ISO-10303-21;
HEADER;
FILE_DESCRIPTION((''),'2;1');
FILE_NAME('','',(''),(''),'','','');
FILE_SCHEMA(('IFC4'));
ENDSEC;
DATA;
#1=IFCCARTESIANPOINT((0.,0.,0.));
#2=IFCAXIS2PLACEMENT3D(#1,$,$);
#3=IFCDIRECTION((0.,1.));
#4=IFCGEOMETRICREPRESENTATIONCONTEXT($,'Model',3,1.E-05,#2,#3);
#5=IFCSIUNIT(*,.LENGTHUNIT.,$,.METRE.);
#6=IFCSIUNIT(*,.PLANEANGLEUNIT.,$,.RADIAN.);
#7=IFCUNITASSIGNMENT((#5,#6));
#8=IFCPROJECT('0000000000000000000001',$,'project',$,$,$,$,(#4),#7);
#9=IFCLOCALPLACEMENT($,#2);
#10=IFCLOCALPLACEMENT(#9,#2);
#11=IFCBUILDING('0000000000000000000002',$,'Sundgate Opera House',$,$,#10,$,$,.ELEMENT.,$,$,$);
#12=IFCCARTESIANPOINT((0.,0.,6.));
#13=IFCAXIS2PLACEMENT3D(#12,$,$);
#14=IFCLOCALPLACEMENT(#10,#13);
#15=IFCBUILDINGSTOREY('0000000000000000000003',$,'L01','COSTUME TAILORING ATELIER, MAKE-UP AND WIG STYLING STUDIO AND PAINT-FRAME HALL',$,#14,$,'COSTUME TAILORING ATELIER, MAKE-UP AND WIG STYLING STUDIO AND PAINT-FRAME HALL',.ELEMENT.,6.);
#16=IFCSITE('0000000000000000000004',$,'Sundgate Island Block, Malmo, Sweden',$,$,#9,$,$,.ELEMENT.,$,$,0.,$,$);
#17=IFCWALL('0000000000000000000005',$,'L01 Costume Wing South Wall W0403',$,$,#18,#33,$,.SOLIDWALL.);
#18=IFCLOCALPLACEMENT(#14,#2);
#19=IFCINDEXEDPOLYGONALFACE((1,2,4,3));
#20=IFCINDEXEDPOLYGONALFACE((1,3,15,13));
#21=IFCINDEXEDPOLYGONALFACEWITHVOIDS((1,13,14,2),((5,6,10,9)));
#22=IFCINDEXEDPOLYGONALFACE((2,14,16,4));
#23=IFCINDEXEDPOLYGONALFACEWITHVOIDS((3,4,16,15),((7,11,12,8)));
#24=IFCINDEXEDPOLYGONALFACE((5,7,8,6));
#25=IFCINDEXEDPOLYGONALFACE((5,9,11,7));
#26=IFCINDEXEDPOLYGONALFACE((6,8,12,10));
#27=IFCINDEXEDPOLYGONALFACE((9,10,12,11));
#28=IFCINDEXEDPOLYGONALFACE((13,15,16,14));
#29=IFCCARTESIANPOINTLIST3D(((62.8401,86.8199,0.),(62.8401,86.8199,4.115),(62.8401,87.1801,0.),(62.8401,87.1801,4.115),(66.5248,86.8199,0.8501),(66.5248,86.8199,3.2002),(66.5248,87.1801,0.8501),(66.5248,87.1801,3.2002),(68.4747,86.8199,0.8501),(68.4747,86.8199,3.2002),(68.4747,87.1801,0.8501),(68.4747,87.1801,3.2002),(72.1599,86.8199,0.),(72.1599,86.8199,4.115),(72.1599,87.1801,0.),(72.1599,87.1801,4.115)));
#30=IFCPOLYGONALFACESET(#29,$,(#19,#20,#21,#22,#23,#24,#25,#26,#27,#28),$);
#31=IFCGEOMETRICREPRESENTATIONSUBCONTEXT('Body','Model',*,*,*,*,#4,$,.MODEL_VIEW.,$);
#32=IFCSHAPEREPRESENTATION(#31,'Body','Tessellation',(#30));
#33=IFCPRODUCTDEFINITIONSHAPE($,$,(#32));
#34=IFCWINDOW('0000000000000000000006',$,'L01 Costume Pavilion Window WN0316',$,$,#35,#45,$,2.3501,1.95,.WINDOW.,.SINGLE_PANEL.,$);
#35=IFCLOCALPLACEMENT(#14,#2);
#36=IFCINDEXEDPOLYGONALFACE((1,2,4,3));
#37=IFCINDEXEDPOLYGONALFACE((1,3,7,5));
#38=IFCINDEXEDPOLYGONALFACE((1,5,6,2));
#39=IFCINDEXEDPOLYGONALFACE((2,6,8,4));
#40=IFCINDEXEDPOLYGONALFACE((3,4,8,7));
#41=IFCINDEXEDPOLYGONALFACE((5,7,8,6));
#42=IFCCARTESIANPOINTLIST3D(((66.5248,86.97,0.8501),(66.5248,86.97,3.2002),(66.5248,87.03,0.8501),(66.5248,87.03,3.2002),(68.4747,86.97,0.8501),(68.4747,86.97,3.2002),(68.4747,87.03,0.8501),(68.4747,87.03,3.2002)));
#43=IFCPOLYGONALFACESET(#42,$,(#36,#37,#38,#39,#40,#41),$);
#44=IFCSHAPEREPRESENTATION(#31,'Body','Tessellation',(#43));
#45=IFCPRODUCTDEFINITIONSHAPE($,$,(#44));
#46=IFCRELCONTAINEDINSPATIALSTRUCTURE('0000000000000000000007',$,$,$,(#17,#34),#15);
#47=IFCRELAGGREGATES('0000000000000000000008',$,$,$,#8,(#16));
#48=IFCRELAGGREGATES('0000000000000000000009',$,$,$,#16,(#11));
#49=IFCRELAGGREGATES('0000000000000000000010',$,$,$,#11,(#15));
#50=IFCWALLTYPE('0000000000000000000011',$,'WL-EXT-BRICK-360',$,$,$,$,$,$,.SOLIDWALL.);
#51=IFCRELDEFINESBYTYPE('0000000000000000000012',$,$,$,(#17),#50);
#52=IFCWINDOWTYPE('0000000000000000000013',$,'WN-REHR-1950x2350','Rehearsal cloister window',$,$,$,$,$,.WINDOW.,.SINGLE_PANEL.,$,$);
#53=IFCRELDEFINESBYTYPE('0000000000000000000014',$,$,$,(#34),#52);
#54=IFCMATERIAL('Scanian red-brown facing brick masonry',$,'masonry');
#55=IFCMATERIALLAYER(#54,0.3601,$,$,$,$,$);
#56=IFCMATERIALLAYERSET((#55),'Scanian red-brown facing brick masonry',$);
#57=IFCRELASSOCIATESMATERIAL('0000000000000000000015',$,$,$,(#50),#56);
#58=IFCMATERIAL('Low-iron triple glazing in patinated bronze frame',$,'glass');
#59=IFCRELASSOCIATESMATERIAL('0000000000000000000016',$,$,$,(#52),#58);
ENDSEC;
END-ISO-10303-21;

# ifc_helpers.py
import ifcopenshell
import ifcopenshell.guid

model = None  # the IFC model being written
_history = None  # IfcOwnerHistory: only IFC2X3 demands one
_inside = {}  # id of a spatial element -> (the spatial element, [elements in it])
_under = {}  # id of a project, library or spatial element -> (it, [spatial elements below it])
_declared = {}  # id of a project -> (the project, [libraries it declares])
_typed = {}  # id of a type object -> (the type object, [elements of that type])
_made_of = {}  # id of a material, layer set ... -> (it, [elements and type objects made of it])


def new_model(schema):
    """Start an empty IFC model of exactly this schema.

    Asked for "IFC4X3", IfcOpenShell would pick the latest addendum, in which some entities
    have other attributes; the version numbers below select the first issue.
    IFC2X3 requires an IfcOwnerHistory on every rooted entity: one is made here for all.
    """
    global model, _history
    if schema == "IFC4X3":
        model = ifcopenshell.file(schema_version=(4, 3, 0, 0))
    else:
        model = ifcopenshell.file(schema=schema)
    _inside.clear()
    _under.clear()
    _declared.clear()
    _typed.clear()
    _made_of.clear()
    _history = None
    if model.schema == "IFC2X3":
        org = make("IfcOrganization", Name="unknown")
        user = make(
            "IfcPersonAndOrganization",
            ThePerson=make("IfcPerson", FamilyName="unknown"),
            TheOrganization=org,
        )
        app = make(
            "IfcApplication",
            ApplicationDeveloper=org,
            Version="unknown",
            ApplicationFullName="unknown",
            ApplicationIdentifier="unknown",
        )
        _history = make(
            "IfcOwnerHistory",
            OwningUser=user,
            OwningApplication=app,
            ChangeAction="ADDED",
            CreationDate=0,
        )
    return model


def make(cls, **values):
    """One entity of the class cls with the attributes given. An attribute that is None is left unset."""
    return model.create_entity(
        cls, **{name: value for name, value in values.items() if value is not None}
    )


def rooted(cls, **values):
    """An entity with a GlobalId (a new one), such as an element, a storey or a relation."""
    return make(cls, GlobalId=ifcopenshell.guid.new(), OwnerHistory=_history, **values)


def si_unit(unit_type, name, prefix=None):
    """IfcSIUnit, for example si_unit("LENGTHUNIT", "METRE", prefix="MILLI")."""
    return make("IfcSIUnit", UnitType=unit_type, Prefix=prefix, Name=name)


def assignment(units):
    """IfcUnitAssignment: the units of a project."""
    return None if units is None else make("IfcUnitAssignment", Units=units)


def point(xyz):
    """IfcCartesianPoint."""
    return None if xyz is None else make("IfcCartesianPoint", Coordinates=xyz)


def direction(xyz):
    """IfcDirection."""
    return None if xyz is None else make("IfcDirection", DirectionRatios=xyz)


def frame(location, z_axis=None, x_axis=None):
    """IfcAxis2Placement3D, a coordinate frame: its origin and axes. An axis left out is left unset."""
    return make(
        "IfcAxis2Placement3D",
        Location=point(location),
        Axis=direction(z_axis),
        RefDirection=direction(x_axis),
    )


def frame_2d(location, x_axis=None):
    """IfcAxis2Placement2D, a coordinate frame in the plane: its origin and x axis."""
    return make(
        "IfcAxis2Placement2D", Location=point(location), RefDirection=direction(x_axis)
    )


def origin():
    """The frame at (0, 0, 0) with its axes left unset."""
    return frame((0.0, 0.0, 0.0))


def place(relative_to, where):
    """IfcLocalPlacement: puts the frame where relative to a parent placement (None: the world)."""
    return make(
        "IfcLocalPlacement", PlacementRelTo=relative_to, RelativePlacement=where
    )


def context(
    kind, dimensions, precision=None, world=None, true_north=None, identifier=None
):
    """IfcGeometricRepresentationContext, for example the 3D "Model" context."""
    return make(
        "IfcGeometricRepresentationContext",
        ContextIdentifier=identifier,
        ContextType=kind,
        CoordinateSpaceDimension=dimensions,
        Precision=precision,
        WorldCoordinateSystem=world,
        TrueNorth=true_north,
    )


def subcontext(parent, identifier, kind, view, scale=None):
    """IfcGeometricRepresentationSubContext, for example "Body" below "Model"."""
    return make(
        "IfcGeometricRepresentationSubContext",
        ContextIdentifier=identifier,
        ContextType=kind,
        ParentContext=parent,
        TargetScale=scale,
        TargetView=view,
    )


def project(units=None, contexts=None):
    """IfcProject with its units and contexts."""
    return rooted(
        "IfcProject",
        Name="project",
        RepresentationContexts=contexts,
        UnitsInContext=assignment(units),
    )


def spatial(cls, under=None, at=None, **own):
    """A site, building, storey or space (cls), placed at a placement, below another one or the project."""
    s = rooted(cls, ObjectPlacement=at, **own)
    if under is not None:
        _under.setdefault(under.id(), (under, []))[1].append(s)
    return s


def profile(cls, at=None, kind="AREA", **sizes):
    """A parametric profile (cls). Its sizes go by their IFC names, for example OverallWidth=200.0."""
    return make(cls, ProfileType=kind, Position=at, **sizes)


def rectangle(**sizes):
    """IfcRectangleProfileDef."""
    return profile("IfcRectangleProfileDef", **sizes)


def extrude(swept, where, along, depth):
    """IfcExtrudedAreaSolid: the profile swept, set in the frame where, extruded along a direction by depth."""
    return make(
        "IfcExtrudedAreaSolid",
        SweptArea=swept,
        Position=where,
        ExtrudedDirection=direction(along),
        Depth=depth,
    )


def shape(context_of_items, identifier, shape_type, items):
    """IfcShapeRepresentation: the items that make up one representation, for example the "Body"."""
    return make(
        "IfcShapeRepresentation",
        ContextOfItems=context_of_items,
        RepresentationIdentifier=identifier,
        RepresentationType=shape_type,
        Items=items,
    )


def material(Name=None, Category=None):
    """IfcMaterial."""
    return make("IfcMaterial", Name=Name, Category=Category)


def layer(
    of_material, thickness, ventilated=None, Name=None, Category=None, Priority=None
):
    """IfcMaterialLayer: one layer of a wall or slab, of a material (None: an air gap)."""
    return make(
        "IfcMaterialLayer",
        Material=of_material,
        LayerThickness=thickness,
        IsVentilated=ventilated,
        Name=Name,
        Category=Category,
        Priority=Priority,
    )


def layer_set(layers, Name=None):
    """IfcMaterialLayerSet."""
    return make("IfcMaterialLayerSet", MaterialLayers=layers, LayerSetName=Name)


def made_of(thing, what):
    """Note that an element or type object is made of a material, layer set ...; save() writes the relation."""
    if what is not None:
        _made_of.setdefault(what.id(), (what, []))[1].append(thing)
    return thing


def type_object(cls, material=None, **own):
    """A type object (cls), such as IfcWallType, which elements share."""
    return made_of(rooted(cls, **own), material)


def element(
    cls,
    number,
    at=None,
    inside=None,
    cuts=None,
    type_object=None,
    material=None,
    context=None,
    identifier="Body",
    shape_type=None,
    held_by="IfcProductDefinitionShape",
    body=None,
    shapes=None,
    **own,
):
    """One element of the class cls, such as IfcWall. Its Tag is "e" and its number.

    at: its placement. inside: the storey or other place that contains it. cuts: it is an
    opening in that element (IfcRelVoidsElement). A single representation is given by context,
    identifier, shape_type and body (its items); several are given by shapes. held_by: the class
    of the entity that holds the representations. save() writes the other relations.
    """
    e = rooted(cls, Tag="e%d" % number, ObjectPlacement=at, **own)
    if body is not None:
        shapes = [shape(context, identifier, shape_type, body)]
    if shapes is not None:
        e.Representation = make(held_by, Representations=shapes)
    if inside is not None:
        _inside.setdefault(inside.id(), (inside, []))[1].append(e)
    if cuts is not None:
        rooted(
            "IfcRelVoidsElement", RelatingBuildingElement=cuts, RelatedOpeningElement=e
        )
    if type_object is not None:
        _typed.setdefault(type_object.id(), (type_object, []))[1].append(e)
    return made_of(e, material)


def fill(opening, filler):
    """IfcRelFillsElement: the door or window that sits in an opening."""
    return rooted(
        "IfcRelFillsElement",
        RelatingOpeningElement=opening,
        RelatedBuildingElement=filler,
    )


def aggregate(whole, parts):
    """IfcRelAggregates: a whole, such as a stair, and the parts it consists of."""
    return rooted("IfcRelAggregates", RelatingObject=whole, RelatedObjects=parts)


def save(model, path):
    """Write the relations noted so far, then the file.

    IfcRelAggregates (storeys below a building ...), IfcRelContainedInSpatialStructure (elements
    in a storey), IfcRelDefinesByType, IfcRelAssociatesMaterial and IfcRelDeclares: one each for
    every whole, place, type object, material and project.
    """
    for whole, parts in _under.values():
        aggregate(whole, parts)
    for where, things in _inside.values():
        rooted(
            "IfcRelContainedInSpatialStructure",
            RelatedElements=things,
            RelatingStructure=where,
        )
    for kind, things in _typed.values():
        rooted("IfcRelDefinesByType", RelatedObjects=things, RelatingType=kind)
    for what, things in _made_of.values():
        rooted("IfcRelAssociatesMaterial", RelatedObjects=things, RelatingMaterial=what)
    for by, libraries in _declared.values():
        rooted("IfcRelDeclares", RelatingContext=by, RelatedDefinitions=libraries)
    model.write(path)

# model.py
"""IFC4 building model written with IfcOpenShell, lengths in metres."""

from ifc_helpers import new_model, si_unit, direction, frame, frame_2d, origin, place, context, subcontext, project, spatial, rectangle, extrude, material, layer, layer_set, type_object, element, fill, save


model = new_model("IFC4")

# Units and contexts
model_context = context("Model", 3, precision=1e-05, world=origin(), true_north=direction((0.0, 1.0)))
body_context = subcontext(model_context, "Body", "Model", "MODEL_VIEW")
ifc_project = project(units=[si_unit("LENGTHUNIT", "METRE"), si_unit("PLANEANGLEUNIT", "RADIAN")], contexts=[model_context])

# Site, building, storey
site_placement = place(None, origin())
site = spatial("IfcSite", under=ifc_project, at=site_placement, Name="Sundgate Island Block, Malmo, Sweden", CompositionType="ELEMENT", RefElevation=0.0)
building_placement = place(site_placement, origin())
building = spatial("IfcBuilding", under=site, at=building_placement, Name="Sundgate Opera House", CompositionType="ELEMENT")
storey_placement = place(building_placement, frame((0.0, 0.0, 6.0)))
storey = spatial("IfcBuildingStorey", under=building, at=storey_placement, Name="L01", Description="COSTUME TAILORING ATELIER, MAKE-UP AND WIG STYLING STUDIO AND PAINT-FRAME HALL", LongName="COSTUME TAILORING ATELIER, MAKE-UP AND WIG STYLING STUDIO AND PAINT-FRAME HALL", CompositionType="ELEMENT", Elevation=6.0)

# Wall, opening, window
ifc_material_1 = material(Name="Scanian red-brown facing brick masonry", Category="masonry")
ifc_layer_1 = layer(ifc_material_1, 0.3601)
ifc_layer_set_1 = layer_set([ifc_layer_1], Name="Scanian red-brown facing brick masonry")
wall_type = type_object("IfcWallType", Name="WL-EXT-BRICK-360", PredefinedType="SOLIDWALL", material=ifc_layer_set_1)
wall_1_placement = place(storey_placement, frame((72.1599, 87.0, 0.0), z_axis=(0.0, 0.0, 1.0), x_axis=(-1.0, 0.0, 0.0)))
wall_1 = element("IfcWall", 1, at=wall_1_placement, inside=storey, type_object=wall_type, Name="L01 Costume Wing South Wall W0403", PredefinedType="SOLIDWALL", context=body_context, shape_type="SweptSolid", body=[
    extrude(rectangle(XDim=9.3198, YDim=0.3601, at=frame_2d((4.6599, 0.0))), origin(), (0.0, 0.0, 1.0), 4.115),
])
opening_1_placement = place(wall_1_placement, frame((3.6851, 0.0, 0.8501)))
opening_1 = element("IfcOpeningElement", 2, at=opening_1_placement, cuts=wall_1, PredefinedType="OPENING", context=body_context, shape_type="SweptSolid", body=[
    extrude(rectangle(XDim=1.95, YDim=2.3501, at=frame_2d((0.9751, 1.175))), frame((0.0, 0.1899, 0.0), z_axis=(0.0, -1.0, 0.0), x_axis=(1.0, 0.0, 0.0)), (0.0, 0.0, 1.0), 0.3801),
])
ifc_material_2 = material(Name="Low-iron triple glazing in patinated bronze frame", Category="glass")
window_type_1 = type_object("IfcWindowType", Name="WN-REHR-1950x2350", Description="Rehearsal cloister window", PartitioningType="SINGLE_PANEL", PredefinedType="WINDOW", material=ifc_material_2)
window_1_placement = place(opening_1_placement, origin())
window_1 = element("IfcWindow", 3, at=window_1_placement, inside=storey, type_object=window_type_1, Name="L01 Costume Pavilion Window WN0316", OverallHeight=2.3501, OverallWidth=1.95, PartitioningType="SINGLE_PANEL", PredefinedType="WINDOW", context=body_context, shape_type="SweptSolid", body=[
    extrude(rectangle(XDim=1.95, YDim=2.3501, at=frame_2d((0.9751, 1.175))), frame((0.0, 0.03, 0.0), z_axis=(0.0, -1.0, 0.0), x_axis=(1.0, 0.0, 0.0)), (0.0, 0.0, 1.0), 0.0601),
])
fill(opening_1, window_1)

save(model, "model.ifc")
